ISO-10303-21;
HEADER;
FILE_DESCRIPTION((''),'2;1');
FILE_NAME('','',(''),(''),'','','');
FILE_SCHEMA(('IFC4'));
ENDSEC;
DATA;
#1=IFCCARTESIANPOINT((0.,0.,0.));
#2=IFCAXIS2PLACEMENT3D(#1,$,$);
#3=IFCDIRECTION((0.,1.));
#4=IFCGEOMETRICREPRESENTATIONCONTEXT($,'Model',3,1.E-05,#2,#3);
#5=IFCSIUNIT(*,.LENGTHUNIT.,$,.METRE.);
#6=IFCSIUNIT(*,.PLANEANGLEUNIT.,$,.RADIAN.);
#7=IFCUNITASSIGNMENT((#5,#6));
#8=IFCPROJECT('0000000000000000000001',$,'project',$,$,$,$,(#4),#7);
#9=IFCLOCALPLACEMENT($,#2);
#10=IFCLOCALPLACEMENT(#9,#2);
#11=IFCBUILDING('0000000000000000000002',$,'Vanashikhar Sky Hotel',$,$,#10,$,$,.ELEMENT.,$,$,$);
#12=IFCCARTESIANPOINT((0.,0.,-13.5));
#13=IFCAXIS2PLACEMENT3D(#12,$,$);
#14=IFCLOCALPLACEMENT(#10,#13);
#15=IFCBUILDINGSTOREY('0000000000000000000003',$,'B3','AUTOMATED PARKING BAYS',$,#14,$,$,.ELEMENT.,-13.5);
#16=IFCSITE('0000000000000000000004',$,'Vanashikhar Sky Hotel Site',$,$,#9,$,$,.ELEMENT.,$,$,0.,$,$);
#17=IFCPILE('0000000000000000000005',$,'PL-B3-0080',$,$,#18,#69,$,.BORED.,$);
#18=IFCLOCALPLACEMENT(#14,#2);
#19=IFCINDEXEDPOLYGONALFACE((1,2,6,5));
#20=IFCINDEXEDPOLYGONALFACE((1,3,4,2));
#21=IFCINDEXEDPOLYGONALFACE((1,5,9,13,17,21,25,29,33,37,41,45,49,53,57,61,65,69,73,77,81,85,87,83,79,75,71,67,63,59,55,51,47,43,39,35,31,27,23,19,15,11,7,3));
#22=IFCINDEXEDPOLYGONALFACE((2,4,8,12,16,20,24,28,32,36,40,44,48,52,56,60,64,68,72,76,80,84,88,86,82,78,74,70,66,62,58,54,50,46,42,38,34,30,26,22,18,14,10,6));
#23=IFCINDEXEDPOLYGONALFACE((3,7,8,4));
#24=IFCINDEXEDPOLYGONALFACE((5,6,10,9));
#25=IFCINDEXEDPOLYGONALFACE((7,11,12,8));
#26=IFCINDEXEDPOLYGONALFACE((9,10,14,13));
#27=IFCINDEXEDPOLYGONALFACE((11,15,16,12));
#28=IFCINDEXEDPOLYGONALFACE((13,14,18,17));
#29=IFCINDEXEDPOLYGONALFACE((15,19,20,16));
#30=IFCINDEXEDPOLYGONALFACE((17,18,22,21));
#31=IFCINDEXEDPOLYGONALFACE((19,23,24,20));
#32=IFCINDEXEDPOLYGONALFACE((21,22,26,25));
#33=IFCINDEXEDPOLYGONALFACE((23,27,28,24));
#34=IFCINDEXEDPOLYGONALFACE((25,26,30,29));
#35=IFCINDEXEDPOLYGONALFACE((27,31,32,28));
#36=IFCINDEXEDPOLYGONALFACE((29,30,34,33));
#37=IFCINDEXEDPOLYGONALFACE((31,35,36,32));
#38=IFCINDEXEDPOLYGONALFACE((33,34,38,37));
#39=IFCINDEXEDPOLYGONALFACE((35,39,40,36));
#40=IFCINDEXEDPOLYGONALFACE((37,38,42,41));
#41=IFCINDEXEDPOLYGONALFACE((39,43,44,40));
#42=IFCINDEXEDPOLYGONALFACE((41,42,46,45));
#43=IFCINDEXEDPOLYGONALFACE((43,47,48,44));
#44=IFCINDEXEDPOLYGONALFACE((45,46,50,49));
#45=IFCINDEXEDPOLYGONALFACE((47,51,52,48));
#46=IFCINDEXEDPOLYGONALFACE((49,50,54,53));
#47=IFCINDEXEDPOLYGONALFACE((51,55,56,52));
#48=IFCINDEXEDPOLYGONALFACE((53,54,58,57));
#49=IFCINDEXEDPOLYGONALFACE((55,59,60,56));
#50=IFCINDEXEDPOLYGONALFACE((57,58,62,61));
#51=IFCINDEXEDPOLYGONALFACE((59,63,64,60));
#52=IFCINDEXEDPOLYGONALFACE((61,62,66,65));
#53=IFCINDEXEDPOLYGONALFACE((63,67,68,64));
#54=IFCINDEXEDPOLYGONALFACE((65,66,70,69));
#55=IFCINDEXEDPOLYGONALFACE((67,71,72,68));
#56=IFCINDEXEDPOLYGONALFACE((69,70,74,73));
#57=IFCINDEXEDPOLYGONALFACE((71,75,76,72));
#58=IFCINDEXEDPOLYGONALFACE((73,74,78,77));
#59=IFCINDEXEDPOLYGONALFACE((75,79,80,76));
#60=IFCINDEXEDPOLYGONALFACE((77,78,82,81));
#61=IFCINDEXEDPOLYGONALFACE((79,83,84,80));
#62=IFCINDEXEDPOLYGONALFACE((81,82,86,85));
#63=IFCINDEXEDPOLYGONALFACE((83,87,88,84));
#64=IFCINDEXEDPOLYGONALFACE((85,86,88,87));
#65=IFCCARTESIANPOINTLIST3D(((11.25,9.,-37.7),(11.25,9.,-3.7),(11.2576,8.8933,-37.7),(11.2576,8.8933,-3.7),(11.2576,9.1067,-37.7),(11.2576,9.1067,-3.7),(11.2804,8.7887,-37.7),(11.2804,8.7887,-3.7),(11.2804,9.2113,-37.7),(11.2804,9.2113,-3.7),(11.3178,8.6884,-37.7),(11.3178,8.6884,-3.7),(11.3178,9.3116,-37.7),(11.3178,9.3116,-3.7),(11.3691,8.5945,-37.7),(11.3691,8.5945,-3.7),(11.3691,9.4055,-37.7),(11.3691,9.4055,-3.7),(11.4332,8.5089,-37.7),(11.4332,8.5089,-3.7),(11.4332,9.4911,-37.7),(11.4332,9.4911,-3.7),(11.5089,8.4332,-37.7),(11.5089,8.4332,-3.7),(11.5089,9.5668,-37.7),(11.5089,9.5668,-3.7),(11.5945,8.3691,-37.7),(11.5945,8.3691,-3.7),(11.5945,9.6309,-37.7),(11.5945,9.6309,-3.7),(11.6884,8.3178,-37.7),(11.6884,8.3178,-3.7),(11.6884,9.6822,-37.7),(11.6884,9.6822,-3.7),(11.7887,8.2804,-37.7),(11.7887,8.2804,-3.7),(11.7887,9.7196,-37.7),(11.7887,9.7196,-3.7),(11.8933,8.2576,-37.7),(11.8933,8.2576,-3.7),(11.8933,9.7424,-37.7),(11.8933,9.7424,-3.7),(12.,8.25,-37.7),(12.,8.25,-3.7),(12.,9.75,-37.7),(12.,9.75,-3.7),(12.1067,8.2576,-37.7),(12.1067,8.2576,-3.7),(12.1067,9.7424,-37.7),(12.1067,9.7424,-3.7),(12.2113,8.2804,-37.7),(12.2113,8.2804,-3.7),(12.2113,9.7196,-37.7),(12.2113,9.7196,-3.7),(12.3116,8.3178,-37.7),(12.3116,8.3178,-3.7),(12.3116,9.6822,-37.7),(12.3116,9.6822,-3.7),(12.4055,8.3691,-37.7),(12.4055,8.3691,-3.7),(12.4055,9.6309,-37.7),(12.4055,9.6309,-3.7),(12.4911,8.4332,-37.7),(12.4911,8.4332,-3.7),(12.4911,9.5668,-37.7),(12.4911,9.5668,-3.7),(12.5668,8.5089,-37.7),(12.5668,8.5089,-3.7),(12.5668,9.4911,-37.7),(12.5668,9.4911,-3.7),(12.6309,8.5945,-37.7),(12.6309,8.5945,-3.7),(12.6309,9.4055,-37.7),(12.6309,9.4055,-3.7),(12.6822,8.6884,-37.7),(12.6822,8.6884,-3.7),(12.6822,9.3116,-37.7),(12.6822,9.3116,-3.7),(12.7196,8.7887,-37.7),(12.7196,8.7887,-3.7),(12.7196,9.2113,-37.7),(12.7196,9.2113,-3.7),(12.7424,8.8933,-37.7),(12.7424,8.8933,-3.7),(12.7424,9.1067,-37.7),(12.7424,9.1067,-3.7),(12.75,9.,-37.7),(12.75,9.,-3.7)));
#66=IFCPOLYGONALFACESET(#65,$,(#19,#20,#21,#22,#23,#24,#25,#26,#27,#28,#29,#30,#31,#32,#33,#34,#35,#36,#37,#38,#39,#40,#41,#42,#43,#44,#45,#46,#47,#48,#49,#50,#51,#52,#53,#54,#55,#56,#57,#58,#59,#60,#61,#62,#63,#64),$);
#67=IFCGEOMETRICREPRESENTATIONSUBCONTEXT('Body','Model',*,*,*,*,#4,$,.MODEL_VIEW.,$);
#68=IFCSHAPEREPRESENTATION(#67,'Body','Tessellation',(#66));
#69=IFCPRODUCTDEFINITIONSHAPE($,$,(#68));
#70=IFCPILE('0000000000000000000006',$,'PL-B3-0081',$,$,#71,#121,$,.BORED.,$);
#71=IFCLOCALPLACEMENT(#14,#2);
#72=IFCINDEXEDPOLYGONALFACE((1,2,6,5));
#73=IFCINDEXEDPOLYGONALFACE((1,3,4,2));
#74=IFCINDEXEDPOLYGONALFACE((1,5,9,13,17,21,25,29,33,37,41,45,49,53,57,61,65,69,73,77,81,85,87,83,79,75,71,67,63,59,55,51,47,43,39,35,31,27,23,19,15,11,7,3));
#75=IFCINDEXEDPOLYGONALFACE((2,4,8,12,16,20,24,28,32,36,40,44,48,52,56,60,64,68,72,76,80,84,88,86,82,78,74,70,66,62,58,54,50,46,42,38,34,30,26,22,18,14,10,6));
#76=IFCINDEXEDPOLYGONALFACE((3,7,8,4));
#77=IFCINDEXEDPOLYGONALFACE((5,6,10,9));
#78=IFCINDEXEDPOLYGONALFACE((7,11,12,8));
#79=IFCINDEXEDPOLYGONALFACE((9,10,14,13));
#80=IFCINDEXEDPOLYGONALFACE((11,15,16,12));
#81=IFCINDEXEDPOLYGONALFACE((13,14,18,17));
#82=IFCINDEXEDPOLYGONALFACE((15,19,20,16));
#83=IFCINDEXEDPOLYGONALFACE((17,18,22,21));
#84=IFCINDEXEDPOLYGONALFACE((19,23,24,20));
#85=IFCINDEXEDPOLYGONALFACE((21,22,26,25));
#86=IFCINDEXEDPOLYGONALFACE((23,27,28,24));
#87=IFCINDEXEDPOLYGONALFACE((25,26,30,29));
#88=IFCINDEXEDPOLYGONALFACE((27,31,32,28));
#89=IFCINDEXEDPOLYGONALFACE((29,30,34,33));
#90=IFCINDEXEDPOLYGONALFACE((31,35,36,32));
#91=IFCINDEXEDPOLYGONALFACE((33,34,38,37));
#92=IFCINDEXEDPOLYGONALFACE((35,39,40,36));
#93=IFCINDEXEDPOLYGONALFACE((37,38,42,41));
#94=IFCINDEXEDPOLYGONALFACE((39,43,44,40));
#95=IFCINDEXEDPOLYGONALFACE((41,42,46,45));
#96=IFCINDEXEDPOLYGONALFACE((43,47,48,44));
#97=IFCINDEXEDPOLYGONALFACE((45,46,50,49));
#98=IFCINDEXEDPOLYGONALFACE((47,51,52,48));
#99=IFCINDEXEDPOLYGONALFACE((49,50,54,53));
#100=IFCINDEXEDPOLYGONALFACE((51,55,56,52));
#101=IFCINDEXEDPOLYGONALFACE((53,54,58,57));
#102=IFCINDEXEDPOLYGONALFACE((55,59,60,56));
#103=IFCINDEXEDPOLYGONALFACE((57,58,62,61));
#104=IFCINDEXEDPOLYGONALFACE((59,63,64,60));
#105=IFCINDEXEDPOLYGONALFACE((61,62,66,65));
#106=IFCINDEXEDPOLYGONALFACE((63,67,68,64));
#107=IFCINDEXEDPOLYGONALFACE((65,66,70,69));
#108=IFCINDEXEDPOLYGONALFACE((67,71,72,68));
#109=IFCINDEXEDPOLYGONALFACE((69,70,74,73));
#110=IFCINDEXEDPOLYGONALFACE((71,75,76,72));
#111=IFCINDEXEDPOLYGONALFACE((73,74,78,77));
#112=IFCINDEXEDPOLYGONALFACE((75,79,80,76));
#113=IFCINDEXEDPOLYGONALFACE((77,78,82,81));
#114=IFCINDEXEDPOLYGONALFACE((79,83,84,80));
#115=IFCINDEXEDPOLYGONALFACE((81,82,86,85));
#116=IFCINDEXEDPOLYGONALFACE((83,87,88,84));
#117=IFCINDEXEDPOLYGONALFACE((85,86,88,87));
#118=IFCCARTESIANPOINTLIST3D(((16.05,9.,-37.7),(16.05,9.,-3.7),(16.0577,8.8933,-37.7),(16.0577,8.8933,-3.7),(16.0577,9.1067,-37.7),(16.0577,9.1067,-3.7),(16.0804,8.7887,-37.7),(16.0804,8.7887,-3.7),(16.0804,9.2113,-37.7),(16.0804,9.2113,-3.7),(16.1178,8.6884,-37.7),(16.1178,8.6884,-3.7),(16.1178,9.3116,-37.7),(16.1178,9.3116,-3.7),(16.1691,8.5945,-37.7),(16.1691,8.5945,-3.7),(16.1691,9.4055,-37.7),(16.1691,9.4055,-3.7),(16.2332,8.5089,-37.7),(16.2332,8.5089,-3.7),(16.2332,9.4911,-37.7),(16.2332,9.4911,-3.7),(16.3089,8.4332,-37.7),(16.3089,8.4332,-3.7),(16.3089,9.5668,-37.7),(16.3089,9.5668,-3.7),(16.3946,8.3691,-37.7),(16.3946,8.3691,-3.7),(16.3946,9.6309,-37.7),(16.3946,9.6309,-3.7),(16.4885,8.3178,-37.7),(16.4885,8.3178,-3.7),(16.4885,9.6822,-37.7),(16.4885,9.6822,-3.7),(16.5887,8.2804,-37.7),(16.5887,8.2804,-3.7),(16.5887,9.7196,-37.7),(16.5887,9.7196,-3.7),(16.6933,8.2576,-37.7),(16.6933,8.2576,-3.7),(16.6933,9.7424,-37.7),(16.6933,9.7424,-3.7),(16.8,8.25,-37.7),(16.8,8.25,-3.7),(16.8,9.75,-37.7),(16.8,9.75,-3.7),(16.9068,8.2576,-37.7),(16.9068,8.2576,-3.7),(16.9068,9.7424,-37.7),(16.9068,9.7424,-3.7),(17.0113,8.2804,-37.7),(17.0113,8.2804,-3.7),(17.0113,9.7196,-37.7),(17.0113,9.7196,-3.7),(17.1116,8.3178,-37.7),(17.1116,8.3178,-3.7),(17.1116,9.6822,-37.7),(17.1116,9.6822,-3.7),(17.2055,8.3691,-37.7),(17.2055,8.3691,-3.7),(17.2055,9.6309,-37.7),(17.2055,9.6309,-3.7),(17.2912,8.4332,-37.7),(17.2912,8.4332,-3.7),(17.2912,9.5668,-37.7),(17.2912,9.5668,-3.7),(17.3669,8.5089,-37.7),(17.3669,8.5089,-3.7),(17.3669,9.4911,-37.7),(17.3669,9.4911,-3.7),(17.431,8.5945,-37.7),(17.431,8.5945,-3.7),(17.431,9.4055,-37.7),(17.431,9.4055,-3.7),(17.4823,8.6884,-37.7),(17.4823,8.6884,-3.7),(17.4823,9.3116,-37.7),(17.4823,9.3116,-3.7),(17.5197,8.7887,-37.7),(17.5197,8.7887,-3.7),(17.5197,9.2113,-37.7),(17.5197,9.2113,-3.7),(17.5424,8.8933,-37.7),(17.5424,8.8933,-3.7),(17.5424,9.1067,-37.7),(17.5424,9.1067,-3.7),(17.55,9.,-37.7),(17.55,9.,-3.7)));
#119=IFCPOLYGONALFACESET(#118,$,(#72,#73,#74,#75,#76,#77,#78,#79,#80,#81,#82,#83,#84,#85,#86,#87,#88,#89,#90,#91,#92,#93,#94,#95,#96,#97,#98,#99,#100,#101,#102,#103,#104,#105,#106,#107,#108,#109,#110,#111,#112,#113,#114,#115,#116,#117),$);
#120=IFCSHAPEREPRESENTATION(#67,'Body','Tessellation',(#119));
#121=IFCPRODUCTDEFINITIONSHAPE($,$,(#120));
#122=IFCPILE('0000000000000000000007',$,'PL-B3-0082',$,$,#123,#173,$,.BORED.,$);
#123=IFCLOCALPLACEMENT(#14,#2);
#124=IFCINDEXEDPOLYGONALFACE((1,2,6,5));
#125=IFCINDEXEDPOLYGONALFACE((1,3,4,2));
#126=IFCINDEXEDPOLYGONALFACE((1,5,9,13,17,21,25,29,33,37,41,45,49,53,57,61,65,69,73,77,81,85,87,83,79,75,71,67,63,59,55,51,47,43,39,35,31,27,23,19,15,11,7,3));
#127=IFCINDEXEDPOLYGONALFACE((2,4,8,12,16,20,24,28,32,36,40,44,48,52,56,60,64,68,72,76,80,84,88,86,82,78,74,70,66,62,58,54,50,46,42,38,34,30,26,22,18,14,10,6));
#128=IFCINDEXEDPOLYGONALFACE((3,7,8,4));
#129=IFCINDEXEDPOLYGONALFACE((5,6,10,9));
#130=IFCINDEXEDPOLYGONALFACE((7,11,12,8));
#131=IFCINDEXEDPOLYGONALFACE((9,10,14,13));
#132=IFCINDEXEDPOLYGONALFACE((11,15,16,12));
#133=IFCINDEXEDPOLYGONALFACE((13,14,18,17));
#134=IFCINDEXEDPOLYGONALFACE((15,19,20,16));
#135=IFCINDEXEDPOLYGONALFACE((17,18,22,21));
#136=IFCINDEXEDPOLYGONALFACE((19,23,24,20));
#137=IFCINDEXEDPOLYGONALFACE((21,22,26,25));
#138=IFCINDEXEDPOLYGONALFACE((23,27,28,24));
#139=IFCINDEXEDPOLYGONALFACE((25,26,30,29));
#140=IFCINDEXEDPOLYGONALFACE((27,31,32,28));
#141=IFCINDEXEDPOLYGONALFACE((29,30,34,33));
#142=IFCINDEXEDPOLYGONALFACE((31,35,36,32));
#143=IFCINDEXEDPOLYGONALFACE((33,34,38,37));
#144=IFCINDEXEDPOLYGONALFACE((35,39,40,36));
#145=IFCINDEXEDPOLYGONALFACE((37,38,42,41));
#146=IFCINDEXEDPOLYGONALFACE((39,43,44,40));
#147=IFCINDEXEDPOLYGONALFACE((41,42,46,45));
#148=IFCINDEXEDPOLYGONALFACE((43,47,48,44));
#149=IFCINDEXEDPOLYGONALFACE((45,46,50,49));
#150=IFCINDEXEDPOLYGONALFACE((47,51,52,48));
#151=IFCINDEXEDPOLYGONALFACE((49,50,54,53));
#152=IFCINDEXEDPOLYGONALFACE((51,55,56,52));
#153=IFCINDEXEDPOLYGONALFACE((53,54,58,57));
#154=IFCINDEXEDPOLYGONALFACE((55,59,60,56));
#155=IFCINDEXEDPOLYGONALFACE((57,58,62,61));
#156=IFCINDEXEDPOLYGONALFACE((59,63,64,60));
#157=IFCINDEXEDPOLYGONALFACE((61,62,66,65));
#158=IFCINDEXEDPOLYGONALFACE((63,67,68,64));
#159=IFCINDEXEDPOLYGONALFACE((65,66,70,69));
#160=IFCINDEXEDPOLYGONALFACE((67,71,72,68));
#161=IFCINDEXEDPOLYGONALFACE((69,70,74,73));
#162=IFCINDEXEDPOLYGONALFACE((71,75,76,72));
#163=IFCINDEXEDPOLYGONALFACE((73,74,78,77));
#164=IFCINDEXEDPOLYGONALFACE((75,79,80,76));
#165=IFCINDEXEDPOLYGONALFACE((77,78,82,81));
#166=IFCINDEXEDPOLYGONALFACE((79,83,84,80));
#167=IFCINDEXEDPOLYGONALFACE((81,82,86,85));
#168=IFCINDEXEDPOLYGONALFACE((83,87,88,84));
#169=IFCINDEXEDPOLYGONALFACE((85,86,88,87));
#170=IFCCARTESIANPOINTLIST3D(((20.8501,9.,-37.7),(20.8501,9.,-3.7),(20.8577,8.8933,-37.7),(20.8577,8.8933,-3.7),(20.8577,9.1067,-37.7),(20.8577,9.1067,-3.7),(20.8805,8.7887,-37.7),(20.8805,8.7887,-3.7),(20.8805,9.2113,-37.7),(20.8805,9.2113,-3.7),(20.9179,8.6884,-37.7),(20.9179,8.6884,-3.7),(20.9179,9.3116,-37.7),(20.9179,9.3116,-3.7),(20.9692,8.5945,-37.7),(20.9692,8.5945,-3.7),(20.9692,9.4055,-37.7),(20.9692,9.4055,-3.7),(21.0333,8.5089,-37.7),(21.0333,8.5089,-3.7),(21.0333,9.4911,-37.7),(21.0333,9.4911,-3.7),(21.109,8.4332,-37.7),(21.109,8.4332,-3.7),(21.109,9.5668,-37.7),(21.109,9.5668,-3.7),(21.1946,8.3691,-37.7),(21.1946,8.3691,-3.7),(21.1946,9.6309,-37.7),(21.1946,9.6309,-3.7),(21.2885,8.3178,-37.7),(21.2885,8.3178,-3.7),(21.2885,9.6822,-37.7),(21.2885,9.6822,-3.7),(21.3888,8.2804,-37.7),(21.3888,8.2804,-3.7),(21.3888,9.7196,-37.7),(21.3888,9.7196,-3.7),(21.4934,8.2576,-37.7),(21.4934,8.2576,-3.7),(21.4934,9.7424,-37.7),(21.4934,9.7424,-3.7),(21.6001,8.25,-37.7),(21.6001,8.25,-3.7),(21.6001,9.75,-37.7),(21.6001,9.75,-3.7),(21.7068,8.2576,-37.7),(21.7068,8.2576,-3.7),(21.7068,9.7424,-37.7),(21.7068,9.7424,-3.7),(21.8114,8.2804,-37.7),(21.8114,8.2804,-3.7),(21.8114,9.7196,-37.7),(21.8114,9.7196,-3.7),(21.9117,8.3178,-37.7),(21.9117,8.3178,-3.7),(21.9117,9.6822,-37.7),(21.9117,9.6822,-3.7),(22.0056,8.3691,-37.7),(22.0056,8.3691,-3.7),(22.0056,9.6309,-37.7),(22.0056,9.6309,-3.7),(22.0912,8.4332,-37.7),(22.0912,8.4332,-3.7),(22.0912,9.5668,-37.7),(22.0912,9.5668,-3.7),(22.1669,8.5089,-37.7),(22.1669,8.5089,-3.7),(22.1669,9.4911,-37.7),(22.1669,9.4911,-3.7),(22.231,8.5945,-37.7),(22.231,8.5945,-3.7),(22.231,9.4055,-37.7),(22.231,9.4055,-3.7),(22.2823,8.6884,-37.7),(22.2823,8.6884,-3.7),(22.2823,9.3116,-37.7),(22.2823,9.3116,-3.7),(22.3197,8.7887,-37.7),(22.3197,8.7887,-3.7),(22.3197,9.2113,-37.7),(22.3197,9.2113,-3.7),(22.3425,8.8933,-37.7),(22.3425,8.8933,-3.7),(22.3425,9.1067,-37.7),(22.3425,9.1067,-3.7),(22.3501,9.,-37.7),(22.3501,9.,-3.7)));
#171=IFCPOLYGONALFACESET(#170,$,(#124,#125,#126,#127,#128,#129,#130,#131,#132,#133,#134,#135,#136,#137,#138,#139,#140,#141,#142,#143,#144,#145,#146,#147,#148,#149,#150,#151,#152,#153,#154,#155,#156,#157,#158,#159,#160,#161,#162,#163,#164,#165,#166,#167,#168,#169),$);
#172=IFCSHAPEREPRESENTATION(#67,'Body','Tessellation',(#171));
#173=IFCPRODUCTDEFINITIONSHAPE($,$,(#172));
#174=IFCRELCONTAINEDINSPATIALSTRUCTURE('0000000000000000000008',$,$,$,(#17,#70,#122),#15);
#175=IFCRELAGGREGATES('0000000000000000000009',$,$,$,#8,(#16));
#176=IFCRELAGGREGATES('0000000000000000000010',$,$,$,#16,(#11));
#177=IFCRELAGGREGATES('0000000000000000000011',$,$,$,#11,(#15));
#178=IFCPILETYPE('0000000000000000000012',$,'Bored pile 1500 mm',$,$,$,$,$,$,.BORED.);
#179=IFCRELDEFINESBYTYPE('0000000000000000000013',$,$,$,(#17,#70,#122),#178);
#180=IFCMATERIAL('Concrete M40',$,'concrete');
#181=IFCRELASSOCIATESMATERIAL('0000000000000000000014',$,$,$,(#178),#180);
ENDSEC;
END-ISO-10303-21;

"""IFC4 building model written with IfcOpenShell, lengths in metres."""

from ifc_helpers import new_model, si_unit, direction, frame, origin, origin_2d, place, context, subcontext, project, spatial, circle, extrude, source, transform, mapped, material, type_object, element, save


model = new_model("IFC4")

# Units and contexts
model_context = context("Model", 3, precision=1e-05, world=origin(), true_north=direction((0.0, 1.0)))
body_context = subcontext(model_context, "Body", "Model", "MODEL_VIEW")
ifc_project = project(units=[si_unit("LENGTHUNIT", "METRE"), si_unit("PLANEANGLEUNIT", "RADIAN")], contexts=[model_context])

# Site, building, storey
site_placement = place(None, origin())
site = spatial("IfcSite", under=ifc_project, at=site_placement, Name="Vanashikhar Sky Hotel Site", CompositionType="ELEMENT", RefElevation=0.0)
building_placement = place(site_placement, origin())
building = spatial("IfcBuilding", under=site, at=building_placement, Name="Vanashikhar Sky Hotel", CompositionType="ELEMENT")
storey_placement = place(building_placement, frame((0.0, 0.0, -13.5)))
storey = spatial("IfcBuildingStorey", under=building, at=storey_placement, Name="B3", Description="AUTOMATED PARKING BAYS", CompositionType="ELEMENT", Elevation=-13.5)

# Piles
ifc_material_1 = material(Name="Concrete M40", Category="concrete")
pile_type = type_object("IfcPileType", Name="Bored pile 1500 mm", PredefinedType="BORED", material=ifc_material_1)
shared_shape_1 = source(origin(), body_context, "Body", "SweptSolid", [
    extrude(circle(Radius=0.75, at=origin_2d()), origin(), (0.0, 0.0, 1.0), 34.0),
])
for number, where, z_axis, x_axis, name in (
    (1, (12.0, 9.0, -3.7), (0.0, 0.0, -1.0), (1.0, 0.0, 0.0), "PL-B3-0080"),
    (2, (16.8, 9.0, -3.7), (0.0, 0.0, -1.0), (1.0, 0.0, 0.0), "PL-B3-0081"),
    (3, (21.6001, 9.0, -3.7), (0.0, 0.0, -1.0), (1.0, 0.0, 0.0), "PL-B3-0082"),
):
    element("IfcPile", number, at=place(storey_placement, frame(where, z_axis=z_axis, x_axis=x_axis)), inside=storey, type_object=pile_type, Name=name, PredefinedType="BORED", context=body_context, shape_type="MappedRepresentation", body=[
        mapped(shared_shape_1, transform((0.0, 0.0, 0.0), scale=1.0)),
    ])

save(model, "model.ifc")
